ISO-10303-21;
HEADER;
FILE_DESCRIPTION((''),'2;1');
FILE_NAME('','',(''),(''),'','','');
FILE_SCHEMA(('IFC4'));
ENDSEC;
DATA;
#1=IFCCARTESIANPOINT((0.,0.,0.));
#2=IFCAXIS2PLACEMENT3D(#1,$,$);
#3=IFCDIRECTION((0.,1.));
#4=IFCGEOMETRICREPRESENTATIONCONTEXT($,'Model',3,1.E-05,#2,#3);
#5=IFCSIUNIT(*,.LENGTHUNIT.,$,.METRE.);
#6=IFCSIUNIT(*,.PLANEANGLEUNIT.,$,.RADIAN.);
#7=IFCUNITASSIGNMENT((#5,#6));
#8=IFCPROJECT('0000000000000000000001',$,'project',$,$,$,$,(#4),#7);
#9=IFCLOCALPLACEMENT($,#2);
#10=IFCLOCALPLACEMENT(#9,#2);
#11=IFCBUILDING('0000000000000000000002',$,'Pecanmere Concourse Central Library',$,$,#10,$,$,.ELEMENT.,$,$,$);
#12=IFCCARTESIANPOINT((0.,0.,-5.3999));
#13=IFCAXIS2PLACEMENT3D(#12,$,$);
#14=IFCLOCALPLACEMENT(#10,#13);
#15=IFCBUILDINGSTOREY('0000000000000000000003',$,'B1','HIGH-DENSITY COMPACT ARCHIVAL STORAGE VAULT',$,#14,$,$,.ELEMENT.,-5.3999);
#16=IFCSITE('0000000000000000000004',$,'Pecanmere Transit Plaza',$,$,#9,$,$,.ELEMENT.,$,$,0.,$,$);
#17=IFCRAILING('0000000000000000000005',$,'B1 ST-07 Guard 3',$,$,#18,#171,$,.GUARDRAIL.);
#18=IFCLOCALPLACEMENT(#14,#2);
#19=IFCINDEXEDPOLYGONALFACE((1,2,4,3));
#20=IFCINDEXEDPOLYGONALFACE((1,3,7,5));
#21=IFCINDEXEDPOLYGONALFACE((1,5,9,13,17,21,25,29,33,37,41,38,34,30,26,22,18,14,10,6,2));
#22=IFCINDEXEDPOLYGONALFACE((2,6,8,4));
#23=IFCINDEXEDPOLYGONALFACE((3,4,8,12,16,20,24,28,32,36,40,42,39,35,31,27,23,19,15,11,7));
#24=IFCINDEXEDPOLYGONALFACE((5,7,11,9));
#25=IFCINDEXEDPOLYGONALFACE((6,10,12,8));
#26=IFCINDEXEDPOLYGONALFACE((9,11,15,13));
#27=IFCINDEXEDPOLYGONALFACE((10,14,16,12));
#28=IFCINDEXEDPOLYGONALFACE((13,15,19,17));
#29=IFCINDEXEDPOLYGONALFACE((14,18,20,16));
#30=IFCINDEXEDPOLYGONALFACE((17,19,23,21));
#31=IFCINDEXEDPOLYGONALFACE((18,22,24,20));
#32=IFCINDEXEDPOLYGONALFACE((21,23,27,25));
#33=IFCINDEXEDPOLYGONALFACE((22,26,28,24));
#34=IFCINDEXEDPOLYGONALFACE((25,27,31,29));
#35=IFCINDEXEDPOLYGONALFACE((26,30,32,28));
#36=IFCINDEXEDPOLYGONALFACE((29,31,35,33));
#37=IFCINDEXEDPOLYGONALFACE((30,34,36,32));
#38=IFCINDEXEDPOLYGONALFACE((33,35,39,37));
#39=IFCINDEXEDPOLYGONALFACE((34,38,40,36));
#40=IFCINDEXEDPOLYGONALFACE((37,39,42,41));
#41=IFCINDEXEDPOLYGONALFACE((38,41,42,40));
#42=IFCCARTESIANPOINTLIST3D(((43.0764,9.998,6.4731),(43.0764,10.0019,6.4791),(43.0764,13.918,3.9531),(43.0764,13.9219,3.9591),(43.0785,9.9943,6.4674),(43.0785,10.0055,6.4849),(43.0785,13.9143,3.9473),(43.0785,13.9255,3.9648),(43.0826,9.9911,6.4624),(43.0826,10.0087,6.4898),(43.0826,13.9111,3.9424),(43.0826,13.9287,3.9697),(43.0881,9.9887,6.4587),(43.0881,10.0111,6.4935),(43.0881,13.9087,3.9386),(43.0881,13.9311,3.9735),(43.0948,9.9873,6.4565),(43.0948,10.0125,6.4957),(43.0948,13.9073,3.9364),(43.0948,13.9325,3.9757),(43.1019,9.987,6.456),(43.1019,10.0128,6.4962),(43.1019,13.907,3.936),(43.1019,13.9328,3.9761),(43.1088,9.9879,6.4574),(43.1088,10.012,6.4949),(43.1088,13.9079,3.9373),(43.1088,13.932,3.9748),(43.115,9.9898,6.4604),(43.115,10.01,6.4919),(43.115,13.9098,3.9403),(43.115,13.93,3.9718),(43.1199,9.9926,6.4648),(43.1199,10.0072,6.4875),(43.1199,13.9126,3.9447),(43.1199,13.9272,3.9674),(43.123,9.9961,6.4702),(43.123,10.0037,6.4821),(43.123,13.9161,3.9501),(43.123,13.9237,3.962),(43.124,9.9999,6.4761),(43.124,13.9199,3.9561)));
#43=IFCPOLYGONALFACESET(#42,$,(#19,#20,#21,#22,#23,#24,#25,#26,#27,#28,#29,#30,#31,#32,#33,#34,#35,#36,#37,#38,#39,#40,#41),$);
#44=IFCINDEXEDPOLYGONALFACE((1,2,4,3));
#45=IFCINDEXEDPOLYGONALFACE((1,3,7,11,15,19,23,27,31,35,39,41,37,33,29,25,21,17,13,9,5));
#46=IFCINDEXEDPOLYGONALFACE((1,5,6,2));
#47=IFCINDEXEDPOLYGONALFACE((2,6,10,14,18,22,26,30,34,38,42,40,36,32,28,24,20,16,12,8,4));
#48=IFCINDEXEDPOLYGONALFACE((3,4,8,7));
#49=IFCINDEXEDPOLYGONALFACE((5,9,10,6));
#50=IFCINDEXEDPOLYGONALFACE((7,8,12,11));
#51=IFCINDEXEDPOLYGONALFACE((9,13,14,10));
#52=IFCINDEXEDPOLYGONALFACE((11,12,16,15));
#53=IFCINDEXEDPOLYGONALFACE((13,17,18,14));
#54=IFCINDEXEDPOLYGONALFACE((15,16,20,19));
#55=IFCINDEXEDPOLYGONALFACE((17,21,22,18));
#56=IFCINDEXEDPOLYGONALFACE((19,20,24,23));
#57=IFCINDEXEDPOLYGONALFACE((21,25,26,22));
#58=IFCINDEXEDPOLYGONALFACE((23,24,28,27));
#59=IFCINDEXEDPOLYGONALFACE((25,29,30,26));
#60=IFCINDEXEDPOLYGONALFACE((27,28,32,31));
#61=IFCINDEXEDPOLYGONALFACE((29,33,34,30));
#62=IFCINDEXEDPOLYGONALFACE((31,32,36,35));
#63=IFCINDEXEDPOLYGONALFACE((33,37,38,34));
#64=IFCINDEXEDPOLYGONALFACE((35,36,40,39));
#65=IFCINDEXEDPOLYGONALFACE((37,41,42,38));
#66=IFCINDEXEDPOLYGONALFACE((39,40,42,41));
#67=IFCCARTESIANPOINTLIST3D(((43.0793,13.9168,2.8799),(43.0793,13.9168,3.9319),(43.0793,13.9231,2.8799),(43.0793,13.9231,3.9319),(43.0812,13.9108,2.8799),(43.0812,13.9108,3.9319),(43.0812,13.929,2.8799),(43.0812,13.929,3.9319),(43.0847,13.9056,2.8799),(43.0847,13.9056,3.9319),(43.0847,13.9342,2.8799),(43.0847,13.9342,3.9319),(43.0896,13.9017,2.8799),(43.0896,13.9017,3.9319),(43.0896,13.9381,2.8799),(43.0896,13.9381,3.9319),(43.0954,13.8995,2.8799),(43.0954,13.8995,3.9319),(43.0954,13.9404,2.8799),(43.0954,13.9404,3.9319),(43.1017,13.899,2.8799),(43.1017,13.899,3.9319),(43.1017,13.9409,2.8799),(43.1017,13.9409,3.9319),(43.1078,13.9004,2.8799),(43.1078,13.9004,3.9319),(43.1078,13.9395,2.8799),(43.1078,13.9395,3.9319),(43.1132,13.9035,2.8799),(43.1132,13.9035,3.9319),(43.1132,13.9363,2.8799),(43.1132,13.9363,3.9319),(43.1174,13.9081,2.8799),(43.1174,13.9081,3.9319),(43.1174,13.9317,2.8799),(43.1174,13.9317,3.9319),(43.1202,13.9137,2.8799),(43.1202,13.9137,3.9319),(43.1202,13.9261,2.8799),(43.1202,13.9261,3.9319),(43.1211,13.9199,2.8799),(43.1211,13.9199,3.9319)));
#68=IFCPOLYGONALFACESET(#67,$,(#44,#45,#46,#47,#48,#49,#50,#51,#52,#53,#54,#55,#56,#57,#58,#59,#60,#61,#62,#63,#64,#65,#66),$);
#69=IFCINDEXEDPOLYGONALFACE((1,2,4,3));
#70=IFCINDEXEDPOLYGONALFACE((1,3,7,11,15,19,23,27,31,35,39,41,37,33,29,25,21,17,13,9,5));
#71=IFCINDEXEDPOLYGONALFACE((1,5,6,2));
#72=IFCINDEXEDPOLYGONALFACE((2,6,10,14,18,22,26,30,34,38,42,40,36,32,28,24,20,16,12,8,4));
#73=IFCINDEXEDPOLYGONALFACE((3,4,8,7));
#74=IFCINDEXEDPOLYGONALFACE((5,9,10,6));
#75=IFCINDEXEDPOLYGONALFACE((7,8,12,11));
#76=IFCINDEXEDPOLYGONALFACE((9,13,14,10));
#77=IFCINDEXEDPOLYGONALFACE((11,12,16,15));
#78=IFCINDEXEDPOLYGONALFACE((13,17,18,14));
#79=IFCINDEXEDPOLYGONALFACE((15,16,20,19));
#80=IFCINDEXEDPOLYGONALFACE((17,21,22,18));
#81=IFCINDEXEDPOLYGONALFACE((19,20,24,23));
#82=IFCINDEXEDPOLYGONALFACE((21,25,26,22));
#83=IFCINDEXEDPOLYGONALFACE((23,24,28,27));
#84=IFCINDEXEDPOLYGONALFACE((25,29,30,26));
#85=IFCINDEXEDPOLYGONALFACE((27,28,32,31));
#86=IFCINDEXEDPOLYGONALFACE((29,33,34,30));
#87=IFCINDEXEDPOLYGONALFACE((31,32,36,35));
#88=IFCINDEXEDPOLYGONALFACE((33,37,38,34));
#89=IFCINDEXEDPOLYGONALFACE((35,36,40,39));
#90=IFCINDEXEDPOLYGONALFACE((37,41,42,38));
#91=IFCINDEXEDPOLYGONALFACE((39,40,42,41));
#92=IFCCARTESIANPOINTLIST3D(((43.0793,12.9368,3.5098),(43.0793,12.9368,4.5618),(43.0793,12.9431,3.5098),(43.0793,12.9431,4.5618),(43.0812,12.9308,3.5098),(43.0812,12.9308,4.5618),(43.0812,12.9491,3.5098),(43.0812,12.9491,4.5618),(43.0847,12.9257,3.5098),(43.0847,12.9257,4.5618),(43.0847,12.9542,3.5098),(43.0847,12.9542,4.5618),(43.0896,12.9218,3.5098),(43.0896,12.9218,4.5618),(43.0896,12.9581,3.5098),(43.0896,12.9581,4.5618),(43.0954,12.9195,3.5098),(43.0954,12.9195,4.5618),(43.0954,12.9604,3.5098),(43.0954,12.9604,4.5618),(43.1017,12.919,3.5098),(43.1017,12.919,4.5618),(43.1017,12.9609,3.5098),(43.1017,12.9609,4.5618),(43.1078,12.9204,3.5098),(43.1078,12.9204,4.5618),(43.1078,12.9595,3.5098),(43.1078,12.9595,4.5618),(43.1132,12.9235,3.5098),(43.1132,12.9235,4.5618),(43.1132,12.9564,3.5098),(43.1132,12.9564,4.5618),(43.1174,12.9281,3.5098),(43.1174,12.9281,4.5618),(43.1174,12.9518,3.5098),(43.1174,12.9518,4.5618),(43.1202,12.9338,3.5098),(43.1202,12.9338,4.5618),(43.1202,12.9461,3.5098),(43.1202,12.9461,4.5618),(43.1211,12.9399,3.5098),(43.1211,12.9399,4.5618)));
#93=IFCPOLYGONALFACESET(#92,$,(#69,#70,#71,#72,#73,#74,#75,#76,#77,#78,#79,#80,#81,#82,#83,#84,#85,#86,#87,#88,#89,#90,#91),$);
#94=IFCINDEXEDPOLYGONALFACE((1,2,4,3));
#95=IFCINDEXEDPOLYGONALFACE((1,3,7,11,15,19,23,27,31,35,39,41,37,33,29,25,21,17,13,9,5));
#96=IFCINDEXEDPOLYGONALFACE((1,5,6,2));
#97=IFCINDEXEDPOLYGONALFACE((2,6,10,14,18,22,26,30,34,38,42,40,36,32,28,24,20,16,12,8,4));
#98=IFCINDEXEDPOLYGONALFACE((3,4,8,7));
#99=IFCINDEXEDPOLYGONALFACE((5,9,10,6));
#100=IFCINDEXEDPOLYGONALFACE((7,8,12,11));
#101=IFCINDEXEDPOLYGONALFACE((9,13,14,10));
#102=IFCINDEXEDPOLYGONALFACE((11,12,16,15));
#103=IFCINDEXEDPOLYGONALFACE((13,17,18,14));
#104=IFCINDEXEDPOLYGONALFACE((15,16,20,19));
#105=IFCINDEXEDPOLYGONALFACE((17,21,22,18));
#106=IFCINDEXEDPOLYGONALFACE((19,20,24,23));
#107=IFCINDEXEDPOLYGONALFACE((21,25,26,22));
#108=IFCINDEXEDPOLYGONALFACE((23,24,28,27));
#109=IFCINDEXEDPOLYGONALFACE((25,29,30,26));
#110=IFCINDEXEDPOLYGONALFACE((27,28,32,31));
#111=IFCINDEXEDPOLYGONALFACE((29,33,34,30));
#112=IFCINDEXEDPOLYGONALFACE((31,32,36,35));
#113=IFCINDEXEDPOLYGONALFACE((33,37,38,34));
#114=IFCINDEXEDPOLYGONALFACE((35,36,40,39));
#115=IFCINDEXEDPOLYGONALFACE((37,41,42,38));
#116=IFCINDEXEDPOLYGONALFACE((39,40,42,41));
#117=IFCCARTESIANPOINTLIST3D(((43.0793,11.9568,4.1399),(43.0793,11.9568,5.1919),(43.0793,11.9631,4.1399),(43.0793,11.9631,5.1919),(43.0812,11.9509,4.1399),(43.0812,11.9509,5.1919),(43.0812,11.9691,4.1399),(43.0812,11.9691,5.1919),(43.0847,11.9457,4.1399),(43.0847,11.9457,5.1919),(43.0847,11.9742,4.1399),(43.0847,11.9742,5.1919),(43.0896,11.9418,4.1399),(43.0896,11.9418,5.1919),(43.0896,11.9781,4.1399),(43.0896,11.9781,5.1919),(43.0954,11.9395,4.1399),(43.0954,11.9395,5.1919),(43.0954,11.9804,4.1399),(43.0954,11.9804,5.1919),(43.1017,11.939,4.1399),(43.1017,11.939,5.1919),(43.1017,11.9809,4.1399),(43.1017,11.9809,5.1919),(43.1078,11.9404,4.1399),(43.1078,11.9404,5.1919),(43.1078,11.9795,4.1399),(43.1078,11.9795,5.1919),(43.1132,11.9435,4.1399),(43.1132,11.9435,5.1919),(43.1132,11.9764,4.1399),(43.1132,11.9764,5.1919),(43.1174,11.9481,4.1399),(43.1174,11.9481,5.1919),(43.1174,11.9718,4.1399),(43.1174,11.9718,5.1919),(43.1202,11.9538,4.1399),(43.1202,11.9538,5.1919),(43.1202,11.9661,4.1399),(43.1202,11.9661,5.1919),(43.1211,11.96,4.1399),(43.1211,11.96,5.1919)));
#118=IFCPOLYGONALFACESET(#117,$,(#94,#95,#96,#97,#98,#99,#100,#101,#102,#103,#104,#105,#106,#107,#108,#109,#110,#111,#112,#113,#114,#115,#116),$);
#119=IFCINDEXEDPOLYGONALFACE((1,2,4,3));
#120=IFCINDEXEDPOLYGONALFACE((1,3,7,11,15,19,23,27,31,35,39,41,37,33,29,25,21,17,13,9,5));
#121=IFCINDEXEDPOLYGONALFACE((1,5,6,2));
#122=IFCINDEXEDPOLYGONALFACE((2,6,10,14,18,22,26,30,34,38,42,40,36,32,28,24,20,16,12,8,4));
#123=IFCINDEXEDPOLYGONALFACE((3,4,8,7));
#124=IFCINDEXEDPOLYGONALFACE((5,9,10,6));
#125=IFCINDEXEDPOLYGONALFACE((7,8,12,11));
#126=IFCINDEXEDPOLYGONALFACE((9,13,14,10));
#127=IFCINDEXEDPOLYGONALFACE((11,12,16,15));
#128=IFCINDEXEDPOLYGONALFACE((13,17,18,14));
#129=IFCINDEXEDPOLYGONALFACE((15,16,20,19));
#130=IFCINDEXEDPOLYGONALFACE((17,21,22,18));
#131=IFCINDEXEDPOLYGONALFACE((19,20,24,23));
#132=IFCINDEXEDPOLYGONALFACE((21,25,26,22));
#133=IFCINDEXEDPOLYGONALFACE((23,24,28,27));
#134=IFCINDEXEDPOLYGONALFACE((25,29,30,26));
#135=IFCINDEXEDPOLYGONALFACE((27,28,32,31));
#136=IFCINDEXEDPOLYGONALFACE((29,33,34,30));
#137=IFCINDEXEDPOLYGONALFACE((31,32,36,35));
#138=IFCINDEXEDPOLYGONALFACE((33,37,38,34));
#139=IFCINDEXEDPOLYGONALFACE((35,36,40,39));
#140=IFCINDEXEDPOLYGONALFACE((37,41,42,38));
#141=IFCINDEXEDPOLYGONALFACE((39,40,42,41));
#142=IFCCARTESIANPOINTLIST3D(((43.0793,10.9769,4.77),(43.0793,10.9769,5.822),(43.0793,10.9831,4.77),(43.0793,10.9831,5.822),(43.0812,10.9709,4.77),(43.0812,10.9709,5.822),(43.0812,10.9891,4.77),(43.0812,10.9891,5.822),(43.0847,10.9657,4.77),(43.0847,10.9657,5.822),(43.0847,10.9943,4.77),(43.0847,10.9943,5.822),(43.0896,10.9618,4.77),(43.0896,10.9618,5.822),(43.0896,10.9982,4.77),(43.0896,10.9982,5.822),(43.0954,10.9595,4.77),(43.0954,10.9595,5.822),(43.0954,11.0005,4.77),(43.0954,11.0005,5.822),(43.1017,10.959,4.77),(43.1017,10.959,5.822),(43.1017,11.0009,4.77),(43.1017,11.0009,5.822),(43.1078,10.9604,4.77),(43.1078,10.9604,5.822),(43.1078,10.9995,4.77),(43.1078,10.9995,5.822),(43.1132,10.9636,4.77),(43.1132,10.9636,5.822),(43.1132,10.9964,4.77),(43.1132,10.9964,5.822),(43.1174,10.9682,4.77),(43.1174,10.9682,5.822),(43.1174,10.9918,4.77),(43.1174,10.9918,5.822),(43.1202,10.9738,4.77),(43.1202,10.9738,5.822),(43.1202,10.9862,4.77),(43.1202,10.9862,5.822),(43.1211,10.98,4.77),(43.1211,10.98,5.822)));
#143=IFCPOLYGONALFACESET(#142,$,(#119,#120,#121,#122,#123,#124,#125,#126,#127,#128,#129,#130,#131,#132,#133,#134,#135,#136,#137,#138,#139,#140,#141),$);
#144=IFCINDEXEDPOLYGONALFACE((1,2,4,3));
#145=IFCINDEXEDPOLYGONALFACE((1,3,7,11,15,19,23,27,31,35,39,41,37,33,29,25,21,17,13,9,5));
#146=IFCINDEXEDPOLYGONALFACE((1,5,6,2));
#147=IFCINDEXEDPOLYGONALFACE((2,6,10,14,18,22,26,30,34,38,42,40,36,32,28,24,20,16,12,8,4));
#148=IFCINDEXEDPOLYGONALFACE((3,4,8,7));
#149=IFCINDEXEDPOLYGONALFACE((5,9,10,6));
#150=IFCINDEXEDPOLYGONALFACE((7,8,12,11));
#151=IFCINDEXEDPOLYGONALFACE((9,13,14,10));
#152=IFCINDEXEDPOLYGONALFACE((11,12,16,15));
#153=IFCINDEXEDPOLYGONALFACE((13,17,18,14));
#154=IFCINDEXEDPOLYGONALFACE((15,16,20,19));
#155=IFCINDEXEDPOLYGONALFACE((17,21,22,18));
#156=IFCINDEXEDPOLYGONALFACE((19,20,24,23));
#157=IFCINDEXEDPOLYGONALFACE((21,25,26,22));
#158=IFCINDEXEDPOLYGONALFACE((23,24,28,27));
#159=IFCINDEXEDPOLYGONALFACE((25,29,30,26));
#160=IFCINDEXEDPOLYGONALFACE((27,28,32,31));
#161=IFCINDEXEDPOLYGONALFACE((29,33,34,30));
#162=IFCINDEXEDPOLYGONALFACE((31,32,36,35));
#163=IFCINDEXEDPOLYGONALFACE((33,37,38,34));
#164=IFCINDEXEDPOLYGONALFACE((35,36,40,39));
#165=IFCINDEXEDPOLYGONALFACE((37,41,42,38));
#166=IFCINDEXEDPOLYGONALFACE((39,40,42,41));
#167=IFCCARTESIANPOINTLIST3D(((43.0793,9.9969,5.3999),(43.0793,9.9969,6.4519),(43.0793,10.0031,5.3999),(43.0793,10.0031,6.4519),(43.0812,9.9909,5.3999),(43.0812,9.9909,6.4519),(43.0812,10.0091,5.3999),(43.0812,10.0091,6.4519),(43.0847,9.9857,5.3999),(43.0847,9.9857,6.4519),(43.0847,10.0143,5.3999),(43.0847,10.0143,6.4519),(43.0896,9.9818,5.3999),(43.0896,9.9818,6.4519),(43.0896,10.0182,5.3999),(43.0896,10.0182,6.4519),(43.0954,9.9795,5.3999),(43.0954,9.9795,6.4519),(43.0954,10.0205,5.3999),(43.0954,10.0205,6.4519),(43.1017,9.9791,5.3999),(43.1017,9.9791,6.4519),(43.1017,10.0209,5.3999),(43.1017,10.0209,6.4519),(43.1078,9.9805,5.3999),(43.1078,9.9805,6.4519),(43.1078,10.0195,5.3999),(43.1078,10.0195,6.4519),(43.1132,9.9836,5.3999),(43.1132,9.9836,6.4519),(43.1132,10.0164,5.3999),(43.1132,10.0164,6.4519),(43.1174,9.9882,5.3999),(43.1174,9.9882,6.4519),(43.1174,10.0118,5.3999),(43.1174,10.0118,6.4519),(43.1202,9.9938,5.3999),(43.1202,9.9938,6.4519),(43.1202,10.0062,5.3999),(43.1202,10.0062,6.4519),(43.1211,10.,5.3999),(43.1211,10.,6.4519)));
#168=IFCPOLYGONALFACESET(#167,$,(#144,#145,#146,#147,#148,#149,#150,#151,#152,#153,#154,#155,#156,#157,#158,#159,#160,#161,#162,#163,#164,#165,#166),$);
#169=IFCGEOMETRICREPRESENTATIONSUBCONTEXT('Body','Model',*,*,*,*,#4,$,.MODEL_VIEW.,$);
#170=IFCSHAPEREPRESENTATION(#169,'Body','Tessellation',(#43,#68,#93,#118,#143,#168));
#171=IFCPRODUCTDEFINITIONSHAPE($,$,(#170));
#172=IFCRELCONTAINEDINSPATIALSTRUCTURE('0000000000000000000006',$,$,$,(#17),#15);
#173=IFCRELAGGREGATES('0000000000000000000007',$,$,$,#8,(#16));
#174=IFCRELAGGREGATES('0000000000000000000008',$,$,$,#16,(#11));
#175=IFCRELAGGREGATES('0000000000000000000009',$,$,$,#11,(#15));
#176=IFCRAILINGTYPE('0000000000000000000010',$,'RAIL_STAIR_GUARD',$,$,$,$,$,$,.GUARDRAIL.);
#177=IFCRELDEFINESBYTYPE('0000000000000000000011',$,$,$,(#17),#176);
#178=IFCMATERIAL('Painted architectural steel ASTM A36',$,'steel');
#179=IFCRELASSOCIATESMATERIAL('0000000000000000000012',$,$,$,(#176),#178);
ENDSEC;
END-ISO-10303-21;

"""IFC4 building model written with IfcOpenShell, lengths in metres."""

from ifc_helpers import new_model, si_unit, direction, frame, origin, origin_2d, place, context, subcontext, project, spatial, circle, extrude, material, type_object, element, save


model = new_model("IFC4")

# Units and contexts
model_context = context("Model", 3, precision=1e-05, world=origin(), true_north=direction((0.0, 1.0)))
body_context = subcontext(model_context, "Body", "Model", "MODEL_VIEW")
ifc_project = project(units=[si_unit("LENGTHUNIT", "METRE"), si_unit("PLANEANGLEUNIT", "RADIAN")], contexts=[model_context])

# Site, building, storey
site_placement = place(None, origin())
site = spatial("IfcSite", under=ifc_project, at=site_placement, Name="Pecanmere Transit Plaza", CompositionType="ELEMENT", RefElevation=0.0)
building_placement = place(site_placement, origin())
building = spatial("IfcBuilding", under=site, at=building_placement, Name="Pecanmere Concourse Central Library", CompositionType="ELEMENT")
storey_placement = place(building_placement, frame((0.0, 0.0, -5.3999)))
storey = spatial("IfcBuildingStorey", under=building, at=storey_placement, Name="B1", Description="HIGH-DENSITY COMPACT ARCHIVAL STORAGE VAULT", CompositionType="ELEMENT", Elevation=-5.3999)

# Railing
ifc_material_1 = material(Name="Painted architectural steel ASTM A36", Category="steel")
railing_type_1 = type_object("IfcRailingType", Name="RAIL_STAIR_GUARD", PredefinedType="GUARDRAIL", material=ifc_material_1)
railing_1_placement = place(storey_placement, frame((43.1001, 13.9199, 2.8799)))
element("IfcRailing", 1, at=railing_1_placement, inside=storey, type_object=railing_type_1, Name="B1 ST-07 Guard 3", PredefinedType="GUARDRAIL", context=body_context, shape_type="SweptSolid", body=[
    extrude(circle(Radius=0.0239, at=origin_2d()), frame((0.0, 0.0, 1.0762), z_axis=(0.0, -0.841172, 0.540768), x_axis=(1.0, 0.0, 0.0)), (0.0, 0.0, 1.0), 4.6602),
    extrude(circle(Radius=0.021, at=origin_2d()), origin(), (0.0, 0.0, 1.0), 1.052),
    extrude(circle(Radius=0.021, at=origin_2d()), frame((0.0, -0.98, 0.6299)), (0.0, 0.0, 1.0), 1.052),
    extrude(circle(Radius=0.021, at=origin_2d()), frame((0.0, -1.96, 1.26)), (0.0, 0.0, 1.0), 1.052),
    extrude(circle(Radius=0.021, at=origin_2d()), frame((0.0, -2.9399, 1.8901)), (0.0, 0.0, 1.0), 1.052),
    extrude(circle(Radius=0.021, at=origin_2d()), frame((0.0, -3.9199, 2.52)), (0.0, 0.0, 1.0), 1.052),
])

save(model, "model.ifc")
